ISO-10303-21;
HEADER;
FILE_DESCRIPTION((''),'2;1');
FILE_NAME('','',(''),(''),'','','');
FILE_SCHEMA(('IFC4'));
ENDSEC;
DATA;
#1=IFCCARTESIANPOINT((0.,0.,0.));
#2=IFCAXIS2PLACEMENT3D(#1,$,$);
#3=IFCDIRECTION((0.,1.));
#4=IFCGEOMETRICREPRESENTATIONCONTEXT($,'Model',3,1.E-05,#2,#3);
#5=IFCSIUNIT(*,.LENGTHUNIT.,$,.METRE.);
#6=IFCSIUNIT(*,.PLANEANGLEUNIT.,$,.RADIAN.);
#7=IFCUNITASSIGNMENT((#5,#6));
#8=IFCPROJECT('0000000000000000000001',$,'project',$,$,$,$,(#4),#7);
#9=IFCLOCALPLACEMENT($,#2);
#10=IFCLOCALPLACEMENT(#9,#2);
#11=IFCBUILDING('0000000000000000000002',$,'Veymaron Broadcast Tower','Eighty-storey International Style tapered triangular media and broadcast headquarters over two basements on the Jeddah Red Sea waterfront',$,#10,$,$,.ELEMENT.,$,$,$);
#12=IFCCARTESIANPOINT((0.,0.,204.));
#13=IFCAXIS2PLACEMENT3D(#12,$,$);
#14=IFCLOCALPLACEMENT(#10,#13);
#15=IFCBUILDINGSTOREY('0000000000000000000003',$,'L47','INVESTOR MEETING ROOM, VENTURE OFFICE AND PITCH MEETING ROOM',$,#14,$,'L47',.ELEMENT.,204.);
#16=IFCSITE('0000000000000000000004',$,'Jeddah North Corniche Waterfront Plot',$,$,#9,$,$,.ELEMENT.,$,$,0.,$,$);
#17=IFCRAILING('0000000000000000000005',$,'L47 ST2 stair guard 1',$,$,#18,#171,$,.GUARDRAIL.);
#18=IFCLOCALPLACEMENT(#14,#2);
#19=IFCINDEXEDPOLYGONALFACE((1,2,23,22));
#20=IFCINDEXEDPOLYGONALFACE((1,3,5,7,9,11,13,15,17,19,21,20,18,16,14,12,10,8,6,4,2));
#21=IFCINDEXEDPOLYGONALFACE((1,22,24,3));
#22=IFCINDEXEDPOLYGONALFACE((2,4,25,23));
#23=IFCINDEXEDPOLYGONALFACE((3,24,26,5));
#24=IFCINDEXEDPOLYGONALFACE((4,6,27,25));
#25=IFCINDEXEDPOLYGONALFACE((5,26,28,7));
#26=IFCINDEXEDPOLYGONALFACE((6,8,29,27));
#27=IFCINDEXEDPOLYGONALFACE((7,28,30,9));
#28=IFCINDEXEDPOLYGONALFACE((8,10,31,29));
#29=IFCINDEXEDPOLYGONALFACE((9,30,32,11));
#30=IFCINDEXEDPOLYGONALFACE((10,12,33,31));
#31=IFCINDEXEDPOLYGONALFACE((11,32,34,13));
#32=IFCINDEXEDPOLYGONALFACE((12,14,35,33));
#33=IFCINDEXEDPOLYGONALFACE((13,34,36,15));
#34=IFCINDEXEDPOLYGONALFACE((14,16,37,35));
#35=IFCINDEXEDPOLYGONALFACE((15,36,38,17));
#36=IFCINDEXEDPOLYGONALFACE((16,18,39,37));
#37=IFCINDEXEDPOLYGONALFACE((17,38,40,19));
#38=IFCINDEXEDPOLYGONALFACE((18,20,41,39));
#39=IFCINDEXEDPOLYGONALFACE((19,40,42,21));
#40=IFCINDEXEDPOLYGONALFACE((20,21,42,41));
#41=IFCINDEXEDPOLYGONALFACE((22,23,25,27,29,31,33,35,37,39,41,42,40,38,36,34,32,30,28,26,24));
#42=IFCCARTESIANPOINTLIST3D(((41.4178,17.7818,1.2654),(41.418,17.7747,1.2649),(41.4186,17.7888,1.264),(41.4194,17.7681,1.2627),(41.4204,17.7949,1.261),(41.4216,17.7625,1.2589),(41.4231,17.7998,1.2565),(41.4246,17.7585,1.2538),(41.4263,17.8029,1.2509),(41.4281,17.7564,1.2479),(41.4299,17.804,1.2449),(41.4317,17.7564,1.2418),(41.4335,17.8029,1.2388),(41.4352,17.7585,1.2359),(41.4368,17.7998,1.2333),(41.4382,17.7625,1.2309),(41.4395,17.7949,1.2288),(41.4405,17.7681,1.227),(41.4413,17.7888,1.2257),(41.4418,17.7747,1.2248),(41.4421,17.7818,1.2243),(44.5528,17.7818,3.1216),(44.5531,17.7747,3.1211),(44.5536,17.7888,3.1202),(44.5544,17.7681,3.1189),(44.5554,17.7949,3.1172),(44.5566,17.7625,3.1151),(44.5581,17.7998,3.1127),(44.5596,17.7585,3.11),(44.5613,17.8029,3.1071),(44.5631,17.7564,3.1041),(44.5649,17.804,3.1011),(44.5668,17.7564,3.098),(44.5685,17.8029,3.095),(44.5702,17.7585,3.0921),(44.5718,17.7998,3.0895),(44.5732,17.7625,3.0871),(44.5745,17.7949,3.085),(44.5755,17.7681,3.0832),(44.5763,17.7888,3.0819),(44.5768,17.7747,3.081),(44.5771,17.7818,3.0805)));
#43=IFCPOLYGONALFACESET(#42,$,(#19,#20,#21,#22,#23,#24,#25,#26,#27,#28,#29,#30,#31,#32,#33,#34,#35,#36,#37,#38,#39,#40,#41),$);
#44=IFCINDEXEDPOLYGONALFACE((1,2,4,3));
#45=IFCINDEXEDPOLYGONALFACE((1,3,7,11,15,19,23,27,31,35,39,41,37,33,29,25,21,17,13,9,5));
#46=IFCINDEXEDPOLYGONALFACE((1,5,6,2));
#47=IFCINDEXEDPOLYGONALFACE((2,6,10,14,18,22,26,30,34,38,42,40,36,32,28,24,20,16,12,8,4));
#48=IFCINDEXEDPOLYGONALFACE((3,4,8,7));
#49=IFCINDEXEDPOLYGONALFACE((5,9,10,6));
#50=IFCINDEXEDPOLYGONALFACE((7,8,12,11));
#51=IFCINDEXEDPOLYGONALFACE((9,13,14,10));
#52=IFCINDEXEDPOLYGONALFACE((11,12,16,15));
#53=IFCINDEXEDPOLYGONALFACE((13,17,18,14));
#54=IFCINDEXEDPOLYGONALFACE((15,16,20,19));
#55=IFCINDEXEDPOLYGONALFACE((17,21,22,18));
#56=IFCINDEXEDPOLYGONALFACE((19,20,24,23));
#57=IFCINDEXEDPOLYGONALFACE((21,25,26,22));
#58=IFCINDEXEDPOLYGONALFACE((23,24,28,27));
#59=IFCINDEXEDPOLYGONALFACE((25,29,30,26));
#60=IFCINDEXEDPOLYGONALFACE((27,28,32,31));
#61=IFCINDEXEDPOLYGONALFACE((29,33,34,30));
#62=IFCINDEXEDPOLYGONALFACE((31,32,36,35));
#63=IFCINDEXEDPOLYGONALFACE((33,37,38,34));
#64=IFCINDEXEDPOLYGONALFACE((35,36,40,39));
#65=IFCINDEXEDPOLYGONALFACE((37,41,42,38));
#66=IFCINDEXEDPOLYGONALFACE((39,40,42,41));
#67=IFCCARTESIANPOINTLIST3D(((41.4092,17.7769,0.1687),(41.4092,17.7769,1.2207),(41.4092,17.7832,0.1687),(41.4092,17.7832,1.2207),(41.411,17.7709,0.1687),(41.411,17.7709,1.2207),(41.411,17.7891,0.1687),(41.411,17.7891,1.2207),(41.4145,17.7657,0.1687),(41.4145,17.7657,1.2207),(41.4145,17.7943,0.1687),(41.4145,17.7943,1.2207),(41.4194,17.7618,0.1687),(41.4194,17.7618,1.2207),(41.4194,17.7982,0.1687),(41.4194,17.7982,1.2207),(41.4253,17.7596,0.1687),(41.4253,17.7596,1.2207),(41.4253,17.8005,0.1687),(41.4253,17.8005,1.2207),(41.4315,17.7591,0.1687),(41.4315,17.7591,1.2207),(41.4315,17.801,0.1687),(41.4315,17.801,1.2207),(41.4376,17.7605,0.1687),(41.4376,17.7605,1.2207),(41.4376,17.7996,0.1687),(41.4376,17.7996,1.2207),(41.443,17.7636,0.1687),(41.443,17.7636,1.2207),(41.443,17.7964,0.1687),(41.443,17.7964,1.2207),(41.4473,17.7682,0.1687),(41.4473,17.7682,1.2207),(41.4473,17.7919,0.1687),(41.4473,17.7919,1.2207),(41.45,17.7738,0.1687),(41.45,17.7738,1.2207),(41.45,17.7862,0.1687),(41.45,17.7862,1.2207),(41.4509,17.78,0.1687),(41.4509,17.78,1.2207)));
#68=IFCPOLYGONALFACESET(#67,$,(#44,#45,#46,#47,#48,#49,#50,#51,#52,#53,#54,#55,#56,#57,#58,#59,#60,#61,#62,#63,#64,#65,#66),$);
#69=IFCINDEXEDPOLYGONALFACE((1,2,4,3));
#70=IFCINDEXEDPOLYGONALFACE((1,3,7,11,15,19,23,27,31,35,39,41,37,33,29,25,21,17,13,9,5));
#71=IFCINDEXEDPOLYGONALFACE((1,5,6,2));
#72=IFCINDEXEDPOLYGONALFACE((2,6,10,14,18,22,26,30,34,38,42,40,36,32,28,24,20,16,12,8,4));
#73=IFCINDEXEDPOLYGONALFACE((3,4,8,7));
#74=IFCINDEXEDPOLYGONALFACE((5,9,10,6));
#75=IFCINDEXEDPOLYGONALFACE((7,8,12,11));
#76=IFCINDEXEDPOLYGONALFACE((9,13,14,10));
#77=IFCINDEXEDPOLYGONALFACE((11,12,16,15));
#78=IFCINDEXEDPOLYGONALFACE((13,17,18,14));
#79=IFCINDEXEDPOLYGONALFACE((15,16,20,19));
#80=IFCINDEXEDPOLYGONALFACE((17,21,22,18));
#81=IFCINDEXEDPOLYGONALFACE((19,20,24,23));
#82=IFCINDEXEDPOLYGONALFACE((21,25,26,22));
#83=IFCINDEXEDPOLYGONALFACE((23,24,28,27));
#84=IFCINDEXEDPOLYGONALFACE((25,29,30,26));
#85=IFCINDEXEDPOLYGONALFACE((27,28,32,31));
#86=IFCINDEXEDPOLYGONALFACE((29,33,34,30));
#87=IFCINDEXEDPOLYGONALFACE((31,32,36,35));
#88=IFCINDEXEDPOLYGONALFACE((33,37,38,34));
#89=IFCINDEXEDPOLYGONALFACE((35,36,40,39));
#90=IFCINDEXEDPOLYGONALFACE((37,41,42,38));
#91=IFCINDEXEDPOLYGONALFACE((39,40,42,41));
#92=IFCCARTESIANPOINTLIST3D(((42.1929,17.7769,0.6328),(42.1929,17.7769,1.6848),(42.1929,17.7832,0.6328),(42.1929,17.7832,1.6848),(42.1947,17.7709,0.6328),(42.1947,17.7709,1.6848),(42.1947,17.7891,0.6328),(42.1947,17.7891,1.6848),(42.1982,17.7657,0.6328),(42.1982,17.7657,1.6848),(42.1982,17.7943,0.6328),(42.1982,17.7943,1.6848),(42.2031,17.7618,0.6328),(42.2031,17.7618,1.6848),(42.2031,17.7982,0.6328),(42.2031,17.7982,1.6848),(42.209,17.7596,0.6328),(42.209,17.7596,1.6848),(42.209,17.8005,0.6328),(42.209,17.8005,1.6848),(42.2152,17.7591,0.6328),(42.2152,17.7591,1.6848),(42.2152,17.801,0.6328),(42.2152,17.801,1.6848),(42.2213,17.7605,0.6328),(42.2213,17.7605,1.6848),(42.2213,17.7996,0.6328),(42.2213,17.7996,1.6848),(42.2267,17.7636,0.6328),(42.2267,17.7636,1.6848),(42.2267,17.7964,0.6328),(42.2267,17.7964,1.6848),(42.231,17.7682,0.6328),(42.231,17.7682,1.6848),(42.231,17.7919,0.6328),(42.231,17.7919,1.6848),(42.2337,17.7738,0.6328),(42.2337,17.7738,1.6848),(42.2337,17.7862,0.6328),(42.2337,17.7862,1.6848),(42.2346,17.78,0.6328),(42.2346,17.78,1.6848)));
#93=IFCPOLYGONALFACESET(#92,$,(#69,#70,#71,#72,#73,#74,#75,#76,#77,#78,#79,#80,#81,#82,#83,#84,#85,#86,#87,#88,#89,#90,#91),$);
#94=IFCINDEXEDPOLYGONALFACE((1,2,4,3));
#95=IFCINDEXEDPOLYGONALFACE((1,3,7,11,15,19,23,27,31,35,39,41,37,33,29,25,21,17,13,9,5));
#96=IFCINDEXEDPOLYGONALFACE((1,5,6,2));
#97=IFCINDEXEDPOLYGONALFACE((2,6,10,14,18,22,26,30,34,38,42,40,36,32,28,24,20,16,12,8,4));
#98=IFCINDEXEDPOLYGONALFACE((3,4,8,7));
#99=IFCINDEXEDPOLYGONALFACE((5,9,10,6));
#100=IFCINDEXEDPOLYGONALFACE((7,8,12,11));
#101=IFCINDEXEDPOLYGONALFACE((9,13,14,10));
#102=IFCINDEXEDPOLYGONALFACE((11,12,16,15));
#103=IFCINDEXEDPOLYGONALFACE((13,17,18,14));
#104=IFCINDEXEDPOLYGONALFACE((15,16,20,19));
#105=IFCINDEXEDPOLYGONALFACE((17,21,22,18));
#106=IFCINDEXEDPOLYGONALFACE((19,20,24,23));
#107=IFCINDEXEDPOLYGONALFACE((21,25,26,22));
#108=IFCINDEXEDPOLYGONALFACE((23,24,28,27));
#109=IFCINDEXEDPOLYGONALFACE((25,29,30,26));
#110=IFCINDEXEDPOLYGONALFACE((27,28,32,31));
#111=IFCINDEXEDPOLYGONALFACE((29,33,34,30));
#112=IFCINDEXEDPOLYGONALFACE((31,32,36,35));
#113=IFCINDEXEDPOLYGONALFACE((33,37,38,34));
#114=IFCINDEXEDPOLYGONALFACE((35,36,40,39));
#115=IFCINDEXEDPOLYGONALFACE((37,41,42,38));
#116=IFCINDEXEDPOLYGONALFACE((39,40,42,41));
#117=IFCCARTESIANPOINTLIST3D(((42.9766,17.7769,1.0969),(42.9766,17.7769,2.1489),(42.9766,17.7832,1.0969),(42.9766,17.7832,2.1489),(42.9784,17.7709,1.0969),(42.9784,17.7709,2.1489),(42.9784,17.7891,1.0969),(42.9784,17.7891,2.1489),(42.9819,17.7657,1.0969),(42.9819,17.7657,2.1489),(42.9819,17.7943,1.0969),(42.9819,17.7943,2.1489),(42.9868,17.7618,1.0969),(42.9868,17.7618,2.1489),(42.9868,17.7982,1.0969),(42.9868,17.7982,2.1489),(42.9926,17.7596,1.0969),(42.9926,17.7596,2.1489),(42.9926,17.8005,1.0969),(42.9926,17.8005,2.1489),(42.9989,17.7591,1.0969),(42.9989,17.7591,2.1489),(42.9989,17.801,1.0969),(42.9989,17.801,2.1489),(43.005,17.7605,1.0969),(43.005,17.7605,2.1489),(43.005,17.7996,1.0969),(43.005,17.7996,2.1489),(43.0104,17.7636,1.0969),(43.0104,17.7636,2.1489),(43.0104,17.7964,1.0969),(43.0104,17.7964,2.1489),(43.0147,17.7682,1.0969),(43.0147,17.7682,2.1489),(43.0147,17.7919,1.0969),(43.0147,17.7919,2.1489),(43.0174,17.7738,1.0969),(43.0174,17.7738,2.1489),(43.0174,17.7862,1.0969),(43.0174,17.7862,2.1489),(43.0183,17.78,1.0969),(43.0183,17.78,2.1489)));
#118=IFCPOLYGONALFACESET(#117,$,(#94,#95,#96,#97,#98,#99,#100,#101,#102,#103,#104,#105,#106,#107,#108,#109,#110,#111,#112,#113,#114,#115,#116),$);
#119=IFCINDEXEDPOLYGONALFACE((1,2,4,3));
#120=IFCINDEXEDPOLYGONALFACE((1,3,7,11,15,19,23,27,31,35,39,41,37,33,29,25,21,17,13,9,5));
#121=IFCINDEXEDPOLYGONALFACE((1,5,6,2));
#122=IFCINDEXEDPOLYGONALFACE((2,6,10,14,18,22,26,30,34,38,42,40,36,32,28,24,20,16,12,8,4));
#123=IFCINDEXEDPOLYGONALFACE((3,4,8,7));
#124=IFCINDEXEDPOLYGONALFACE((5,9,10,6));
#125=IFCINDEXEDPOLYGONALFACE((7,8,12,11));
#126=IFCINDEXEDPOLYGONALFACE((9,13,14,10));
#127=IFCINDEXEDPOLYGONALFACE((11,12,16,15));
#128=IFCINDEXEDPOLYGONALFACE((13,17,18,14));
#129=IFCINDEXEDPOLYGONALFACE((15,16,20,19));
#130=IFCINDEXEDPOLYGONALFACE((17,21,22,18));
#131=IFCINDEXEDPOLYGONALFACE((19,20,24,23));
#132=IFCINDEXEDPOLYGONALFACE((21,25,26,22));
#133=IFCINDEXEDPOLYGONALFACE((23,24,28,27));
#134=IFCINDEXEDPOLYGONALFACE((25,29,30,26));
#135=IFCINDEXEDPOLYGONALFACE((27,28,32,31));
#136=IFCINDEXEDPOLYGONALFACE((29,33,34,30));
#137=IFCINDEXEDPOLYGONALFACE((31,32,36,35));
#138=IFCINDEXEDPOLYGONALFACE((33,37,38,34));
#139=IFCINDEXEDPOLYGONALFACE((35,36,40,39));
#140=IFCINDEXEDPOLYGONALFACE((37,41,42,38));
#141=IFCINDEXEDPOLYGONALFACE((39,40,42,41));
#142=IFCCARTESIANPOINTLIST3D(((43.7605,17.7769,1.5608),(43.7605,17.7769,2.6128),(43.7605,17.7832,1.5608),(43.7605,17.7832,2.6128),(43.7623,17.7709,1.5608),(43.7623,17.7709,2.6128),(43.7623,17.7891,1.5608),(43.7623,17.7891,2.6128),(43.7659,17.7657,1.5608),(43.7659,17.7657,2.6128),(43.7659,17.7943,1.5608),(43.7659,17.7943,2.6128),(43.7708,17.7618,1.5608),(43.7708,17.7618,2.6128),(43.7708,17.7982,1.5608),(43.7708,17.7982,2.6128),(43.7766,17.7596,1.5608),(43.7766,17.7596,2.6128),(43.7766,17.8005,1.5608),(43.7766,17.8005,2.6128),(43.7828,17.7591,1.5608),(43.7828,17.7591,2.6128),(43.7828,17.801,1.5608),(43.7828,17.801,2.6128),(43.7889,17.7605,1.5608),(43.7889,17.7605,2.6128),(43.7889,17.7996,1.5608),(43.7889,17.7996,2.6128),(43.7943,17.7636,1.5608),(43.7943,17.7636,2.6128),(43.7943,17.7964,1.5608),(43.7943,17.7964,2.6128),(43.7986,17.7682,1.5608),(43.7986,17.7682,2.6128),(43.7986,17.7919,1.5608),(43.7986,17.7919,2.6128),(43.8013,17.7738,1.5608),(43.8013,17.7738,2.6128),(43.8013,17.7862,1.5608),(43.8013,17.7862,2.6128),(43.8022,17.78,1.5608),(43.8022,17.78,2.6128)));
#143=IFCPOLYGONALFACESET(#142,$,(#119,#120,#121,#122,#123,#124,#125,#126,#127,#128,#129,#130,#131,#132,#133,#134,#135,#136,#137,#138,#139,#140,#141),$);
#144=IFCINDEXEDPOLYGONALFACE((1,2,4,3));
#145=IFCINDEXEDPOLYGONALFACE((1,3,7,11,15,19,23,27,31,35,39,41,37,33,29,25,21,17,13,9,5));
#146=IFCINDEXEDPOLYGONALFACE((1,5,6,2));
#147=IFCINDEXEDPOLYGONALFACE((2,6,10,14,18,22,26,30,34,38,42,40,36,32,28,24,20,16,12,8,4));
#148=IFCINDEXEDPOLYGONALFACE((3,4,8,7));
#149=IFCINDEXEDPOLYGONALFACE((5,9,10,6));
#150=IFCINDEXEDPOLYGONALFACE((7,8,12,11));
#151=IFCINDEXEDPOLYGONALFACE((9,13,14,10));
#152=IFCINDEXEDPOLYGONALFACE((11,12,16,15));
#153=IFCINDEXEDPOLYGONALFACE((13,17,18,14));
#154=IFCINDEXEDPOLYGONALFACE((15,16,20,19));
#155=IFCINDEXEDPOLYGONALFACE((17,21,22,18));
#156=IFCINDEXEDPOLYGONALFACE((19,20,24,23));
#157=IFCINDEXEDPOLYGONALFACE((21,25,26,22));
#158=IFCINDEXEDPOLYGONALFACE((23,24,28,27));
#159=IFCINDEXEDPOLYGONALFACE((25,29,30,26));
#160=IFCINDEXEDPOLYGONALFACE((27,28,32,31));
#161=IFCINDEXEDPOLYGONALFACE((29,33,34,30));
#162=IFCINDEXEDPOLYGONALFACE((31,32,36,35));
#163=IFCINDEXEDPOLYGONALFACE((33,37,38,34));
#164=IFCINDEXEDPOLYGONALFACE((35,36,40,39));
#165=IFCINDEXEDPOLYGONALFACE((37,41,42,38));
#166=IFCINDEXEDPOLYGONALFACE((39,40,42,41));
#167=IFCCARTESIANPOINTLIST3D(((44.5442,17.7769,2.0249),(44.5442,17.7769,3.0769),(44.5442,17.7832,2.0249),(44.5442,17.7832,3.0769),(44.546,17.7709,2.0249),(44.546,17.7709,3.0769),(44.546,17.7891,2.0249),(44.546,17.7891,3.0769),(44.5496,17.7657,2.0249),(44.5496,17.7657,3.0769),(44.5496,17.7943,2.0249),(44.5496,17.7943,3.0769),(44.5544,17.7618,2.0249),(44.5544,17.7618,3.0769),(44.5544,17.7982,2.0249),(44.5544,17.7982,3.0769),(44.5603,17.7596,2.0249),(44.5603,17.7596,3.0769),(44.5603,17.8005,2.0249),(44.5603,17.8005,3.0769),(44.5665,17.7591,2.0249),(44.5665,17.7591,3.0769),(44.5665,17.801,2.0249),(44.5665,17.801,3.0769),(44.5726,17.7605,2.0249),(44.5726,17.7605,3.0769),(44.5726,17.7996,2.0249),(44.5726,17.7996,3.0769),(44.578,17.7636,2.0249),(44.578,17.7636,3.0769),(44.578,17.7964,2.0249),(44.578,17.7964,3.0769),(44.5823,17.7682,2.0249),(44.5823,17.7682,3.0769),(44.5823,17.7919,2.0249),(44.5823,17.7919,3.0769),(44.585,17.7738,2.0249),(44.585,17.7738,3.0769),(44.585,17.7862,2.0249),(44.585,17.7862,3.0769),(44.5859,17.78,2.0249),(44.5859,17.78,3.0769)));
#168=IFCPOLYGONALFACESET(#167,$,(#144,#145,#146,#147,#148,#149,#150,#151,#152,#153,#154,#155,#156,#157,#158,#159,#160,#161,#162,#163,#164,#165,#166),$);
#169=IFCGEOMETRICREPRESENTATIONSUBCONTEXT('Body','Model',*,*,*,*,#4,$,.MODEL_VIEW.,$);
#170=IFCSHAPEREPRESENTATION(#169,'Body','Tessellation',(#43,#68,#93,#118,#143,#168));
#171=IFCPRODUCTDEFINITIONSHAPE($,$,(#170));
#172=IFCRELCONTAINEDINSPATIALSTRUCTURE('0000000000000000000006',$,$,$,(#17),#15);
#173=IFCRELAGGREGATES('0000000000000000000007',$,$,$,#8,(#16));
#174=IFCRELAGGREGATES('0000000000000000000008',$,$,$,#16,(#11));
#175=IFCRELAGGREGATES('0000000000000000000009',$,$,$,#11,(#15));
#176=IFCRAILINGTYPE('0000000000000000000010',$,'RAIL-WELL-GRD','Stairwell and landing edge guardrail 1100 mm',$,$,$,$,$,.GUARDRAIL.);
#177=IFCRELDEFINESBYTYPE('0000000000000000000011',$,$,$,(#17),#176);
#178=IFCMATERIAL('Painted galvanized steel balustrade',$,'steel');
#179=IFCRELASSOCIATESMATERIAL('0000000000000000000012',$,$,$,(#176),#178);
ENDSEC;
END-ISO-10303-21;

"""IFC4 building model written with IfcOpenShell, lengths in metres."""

from ifc_helpers import new_model, si_unit, direction, frame, origin, origin_2d, place, context, subcontext, project, spatial, circle, extrude, material, type_object, element, save


model = new_model("IFC4")

# Units and contexts
model_context = context("Model", 3, precision=1e-05, world=origin(), true_north=direction((0.0, 1.0)))
body_context = subcontext(model_context, "Body", "Model", "MODEL_VIEW")
ifc_project = project(units=[si_unit("LENGTHUNIT", "METRE"), si_unit("PLANEANGLEUNIT", "RADIAN")], contexts=[model_context])

# Site, building, storey
site_placement = place(None, origin())
site = spatial("IfcSite", under=ifc_project, at=site_placement, Name="Jeddah North Corniche Waterfront Plot", CompositionType="ELEMENT", RefElevation=0.0)
building_placement = place(site_placement, origin())
building = spatial("IfcBuilding", under=site, at=building_placement, Name="Veymaron Broadcast Tower", Description="Eighty-storey International Style tapered triangular media and broadcast headquarters over two basements on the Jeddah Red Sea waterfront", CompositionType="ELEMENT")
storey_placement = place(building_placement, frame((0.0, 0.0, 204.0)))
storey = spatial("IfcBuildingStorey", under=building, at=storey_placement, Name="L47", Description="INVESTOR MEETING ROOM, VENTURE OFFICE AND PITCH MEETING ROOM", LongName="L47", CompositionType="ELEMENT", Elevation=204.0)

# Railing
ifc_material_1 = material(Name="Painted galvanized steel balustrade", Category="steel")
railing_type_1 = type_object("IfcRailingType", Name="RAIL-WELL-GRD", Description="Stairwell and landing edge guardrail 1100 mm", PredefinedType="GUARDRAIL", material=ifc_material_1)
railing_1_placement = place(storey_placement, frame((41.4299, 17.78, 0.1687)))
element("IfcRailing", 1, at=railing_1_placement, inside=storey, type_object=railing_type_1, Name="L47 ST2 stair guard 1", PredefinedType="GUARDRAIL", context=body_context, shape_type="SweptSolid", body=[
    extrude(circle(Radius=0.0239, at=origin_2d()), frame((0.0, 0.0, 1.0762), z_axis=(0.860482, 0.0, 0.509481), x_axis=(0.0, 1.0, 0.0)), (0.0, 0.0, 1.0), 3.6433),
    extrude(circle(Radius=0.021, at=origin_2d()), origin(), (0.0, 0.0, 1.0), 1.052),
    extrude(circle(Radius=0.021, at=origin_2d()), frame((0.7837, 0.0, 0.4641)), (0.0, 0.0, 1.0), 1.052),
    extrude(circle(Radius=0.021, at=origin_2d()), frame((1.5674, 0.0, 0.9282)), (0.0, 0.0, 1.0), 1.052),
    extrude(circle(Radius=0.021, at=origin_2d()), frame((2.3513, 0.0, 1.3921)), (0.0, 0.0, 1.0), 1.052),
    extrude(circle(Radius=0.021, at=origin_2d()), frame((3.135, 0.0, 1.8562)), (0.0, 0.0, 1.0), 1.052),
])

save(model, "model.ifc")
